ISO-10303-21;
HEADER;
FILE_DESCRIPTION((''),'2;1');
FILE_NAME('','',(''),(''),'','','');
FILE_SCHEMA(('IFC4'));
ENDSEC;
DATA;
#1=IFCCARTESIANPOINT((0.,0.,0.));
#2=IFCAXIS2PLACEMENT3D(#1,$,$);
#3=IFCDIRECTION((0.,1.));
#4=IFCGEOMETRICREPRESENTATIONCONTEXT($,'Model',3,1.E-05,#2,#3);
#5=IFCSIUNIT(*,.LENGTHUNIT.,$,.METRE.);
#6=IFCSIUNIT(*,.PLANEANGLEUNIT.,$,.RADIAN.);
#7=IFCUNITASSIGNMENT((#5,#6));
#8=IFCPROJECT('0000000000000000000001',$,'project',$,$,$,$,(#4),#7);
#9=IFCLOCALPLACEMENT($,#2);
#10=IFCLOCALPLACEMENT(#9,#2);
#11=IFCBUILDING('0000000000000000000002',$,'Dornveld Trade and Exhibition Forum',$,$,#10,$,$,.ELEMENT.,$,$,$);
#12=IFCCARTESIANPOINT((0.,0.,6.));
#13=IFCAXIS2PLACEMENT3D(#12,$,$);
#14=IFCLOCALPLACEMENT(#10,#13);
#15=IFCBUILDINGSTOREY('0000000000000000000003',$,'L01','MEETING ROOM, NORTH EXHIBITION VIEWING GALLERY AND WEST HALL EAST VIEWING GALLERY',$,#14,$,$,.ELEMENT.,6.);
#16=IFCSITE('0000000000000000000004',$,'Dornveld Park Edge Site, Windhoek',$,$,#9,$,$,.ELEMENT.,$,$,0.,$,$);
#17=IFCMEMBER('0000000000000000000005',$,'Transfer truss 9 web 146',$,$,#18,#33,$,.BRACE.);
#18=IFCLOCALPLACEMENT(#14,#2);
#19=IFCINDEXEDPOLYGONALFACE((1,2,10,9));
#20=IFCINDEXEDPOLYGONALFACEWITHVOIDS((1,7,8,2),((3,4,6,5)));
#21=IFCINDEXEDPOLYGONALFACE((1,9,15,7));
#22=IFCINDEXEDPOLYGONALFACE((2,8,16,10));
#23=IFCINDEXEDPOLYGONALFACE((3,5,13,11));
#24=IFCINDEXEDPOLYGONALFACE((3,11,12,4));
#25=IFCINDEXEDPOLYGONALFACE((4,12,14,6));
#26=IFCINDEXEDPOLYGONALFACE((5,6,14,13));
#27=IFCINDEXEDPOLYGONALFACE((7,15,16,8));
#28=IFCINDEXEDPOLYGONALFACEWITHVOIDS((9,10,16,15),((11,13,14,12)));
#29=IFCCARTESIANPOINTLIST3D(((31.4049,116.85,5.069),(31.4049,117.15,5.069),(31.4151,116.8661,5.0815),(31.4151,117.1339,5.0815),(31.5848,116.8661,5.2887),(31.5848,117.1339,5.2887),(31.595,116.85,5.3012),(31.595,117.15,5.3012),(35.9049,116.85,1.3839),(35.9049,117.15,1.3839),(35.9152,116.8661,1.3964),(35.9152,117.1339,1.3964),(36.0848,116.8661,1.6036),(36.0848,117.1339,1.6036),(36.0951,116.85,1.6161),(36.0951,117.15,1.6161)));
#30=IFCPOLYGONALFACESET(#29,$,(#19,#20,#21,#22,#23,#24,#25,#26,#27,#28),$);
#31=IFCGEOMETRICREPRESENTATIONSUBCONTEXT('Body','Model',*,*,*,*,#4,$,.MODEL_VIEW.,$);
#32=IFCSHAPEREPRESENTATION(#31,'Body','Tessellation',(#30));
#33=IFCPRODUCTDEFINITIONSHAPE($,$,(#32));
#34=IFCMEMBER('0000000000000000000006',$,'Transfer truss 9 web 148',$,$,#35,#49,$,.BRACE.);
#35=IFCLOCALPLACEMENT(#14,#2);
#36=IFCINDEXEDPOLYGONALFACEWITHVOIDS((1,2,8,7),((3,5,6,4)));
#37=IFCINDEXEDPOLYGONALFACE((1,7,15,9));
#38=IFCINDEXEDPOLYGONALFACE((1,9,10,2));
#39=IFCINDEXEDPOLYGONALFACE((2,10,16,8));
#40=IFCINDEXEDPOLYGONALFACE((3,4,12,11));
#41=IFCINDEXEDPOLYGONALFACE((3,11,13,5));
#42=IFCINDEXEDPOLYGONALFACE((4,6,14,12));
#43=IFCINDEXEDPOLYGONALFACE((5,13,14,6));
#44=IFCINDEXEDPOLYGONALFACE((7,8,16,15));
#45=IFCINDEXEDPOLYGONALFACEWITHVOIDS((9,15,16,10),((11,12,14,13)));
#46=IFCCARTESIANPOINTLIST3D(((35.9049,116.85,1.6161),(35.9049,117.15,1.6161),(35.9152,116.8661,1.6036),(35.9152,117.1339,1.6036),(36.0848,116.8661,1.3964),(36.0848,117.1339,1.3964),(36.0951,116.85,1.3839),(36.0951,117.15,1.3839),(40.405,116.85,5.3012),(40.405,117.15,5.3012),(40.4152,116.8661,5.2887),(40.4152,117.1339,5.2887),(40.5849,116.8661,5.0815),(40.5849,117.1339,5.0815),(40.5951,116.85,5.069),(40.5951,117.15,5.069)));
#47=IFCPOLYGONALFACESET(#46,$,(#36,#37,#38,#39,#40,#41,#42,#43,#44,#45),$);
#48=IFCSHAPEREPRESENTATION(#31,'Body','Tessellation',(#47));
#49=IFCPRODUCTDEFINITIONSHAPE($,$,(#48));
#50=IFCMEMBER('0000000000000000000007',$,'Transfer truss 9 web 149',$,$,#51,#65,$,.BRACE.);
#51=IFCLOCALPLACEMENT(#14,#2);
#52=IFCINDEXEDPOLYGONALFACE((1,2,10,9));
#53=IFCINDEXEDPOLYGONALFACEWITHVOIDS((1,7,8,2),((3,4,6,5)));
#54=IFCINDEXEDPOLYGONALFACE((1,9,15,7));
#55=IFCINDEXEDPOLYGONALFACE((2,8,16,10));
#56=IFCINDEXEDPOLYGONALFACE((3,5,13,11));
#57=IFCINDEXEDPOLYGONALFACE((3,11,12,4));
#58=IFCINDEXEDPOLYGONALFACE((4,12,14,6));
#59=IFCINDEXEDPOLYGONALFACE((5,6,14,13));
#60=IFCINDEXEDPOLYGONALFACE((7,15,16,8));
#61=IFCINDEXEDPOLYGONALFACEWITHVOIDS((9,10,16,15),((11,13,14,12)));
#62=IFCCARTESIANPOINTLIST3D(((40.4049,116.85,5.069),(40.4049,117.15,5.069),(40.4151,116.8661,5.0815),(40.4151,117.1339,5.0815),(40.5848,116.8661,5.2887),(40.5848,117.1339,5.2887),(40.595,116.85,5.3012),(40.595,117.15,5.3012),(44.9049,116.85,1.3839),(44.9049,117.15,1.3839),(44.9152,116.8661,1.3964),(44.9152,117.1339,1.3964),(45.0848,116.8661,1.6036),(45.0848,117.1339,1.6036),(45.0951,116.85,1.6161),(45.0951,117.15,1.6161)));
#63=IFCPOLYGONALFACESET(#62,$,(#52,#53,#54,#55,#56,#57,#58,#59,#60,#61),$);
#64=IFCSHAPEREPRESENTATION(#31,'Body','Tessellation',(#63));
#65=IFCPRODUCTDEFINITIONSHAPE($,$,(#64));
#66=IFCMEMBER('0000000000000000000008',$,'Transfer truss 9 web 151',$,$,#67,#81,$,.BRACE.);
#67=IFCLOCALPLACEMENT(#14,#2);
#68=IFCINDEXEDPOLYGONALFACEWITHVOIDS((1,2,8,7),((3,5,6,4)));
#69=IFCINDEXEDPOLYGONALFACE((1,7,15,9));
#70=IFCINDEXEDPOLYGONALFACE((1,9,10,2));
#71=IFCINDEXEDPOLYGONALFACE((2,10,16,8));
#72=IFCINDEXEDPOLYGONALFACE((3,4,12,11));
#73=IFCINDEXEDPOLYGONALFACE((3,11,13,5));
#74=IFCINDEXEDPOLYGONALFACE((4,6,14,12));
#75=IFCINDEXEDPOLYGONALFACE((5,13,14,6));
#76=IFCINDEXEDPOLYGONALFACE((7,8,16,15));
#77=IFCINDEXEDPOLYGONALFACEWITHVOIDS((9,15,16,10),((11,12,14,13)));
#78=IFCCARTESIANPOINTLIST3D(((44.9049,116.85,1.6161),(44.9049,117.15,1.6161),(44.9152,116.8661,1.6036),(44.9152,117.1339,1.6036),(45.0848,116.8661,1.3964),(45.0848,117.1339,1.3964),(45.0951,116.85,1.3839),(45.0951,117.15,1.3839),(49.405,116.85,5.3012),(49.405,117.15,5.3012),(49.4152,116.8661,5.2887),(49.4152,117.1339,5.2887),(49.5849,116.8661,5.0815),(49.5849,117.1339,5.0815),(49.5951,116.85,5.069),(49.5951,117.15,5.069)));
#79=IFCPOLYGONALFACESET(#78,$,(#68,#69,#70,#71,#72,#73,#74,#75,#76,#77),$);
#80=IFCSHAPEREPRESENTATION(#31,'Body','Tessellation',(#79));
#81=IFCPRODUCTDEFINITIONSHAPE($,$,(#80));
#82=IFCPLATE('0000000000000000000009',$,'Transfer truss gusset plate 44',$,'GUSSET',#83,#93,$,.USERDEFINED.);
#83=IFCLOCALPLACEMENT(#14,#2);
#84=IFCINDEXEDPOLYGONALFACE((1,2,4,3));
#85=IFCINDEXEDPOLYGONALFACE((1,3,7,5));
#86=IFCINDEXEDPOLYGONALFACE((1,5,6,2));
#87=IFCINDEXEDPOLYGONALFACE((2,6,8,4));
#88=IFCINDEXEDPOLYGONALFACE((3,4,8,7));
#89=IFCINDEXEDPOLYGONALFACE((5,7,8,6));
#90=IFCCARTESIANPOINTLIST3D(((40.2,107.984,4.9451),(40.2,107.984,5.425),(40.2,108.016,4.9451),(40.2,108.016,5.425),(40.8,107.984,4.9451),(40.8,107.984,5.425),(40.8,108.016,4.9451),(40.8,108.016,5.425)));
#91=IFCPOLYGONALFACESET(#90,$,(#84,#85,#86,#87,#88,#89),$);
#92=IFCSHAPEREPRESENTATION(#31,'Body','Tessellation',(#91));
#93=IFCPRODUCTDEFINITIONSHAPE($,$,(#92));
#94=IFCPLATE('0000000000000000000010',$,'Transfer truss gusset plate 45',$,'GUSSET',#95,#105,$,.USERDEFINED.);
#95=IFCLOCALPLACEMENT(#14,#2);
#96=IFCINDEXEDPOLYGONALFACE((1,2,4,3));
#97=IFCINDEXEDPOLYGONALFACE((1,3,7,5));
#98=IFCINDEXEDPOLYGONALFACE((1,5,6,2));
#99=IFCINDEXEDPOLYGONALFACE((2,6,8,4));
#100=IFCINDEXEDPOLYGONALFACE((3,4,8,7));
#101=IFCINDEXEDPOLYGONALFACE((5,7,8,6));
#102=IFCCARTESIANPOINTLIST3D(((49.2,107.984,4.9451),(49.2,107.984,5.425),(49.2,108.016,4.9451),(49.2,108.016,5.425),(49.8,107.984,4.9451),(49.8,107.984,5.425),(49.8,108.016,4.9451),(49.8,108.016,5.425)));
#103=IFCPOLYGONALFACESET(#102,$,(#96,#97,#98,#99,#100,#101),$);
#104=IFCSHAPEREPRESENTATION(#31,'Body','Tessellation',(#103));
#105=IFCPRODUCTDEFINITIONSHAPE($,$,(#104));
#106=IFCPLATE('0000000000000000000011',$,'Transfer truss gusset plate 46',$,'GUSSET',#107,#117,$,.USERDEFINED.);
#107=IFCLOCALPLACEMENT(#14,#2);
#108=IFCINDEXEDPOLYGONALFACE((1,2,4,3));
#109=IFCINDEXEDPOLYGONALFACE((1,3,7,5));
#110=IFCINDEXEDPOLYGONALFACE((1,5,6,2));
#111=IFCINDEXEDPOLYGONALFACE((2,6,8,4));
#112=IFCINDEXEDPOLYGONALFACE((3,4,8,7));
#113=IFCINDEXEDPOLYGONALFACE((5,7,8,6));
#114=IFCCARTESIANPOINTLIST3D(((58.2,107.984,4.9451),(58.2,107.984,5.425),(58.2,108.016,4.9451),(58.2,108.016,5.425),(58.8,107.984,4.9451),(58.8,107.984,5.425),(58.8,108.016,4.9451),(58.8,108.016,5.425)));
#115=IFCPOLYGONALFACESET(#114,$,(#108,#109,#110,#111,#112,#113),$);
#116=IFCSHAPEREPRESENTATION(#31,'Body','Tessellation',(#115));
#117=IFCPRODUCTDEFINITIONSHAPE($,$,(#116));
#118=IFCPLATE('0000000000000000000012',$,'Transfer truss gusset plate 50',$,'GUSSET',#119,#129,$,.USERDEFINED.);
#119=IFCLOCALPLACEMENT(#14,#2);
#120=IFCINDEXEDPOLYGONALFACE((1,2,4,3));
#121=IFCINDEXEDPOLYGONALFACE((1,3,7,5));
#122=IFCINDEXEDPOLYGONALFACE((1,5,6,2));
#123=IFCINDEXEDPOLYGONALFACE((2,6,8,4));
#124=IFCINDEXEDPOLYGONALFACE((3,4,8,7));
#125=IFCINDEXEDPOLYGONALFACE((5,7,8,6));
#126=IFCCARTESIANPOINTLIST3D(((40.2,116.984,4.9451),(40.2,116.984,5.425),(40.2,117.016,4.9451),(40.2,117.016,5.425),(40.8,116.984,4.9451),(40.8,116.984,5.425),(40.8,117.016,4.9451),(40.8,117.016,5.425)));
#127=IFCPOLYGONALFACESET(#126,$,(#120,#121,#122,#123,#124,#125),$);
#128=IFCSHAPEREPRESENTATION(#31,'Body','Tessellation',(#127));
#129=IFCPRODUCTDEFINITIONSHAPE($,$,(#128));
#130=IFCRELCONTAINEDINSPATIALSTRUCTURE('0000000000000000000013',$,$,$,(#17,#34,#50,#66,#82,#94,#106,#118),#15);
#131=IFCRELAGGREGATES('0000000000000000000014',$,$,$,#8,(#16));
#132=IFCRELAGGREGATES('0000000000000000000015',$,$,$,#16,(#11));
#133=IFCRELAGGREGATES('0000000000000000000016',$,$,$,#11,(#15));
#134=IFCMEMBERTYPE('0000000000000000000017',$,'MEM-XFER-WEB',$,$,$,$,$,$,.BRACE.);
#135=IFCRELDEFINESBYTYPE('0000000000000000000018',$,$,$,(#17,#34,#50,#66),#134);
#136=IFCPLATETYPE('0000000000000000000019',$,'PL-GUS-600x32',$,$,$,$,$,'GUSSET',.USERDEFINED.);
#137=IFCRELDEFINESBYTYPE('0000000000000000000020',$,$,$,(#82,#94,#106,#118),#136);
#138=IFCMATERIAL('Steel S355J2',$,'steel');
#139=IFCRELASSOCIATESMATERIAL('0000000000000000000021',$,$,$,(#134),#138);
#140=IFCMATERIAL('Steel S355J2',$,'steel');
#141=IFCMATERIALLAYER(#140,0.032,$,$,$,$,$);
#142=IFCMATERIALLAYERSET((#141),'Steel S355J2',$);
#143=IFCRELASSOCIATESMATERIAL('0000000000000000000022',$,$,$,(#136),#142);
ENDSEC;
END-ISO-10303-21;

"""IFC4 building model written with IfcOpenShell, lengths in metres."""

from ifc_helpers import new_model, si_unit, direction, frame, origin, origin_2d, place, context, subcontext, project, spatial, rectangle, hollow_rectangle, extrude, material, layer, layer_set, material_profile, profile_set, type_object, element, save


model = new_model("IFC4")

# Units and contexts
model_context = context("Model", 3, precision=1e-05, world=origin(), true_north=direction((0.0, 1.0)))
body_context = subcontext(model_context, "Body", "Model", "MODEL_VIEW")
ifc_project = project(units=[si_unit("LENGTHUNIT", "METRE"), si_unit("PLANEANGLEUNIT", "RADIAN")], contexts=[model_context])

# Site, building, storey
site_placement = place(None, origin())
site = spatial("IfcSite", under=ifc_project, at=site_placement, Name="Dornveld Park Edge Site, Windhoek", CompositionType="ELEMENT", RefElevation=0.0)
building_placement = place(site_placement, origin())
building = spatial("IfcBuilding", under=site, at=building_placement, Name="Dornveld Trade and Exhibition Forum", CompositionType="ELEMENT")
storey_placement = place(building_placement, frame((0.0, 0.0, 6.0)))
storey = spatial("IfcBuildingStorey", under=building, at=storey_placement, Name="L01", Description="MEETING ROOM, NORTH EXHIBITION VIEWING GALLERY AND WEST HALL EAST VIEWING GALLERY", CompositionType="ELEMENT", Elevation=6.0)

# Members
ifc_material_1 = material(Name="Steel S355J2", Category="steel")
ifc_material_profile_1 = material_profile(ifc_material_1, hollow_rectangle(XDim=0.3, YDim=0.3, WallThickness=0.0161, at=origin_2d()), Name="SHS 300x300x16")
ifc_profile_set_1 = profile_set([ifc_material_profile_1], Name="Steel S355J2")
member_type_1 = type_object("IfcMemberType", Name="MEM-XFER-WEB", PredefinedType="BRACE", material=ifc_profile_set_1)
for number, where, z_axis, x_axis, name in (
    (1, (36.0, 117.0, 1.5), (-0.773684, 0.0, 0.633571), (0.0, -1.0, 0.0), "Transfer truss 9 web 146"),
    (2, (36.0, 117.0, 1.5), (0.773684, 0.0, 0.633571), (0.0, 1.0, 0.0), "Transfer truss 9 web 148"),
    (3, (45.0, 117.0, 1.5), (-0.773684, 0.0, 0.633571), (0.0, -1.0, 0.0), "Transfer truss 9 web 149"),
    (4, (45.0, 117.0, 1.5), (0.773684, 0.0, 0.633571), (0.0, 1.0, 0.0), "Transfer truss 9 web 151"),
):
    element("IfcMember", number, at=place(storey_placement, frame(where, z_axis=z_axis, x_axis=x_axis)), inside=storey, type_object=member_type_1, Name=name, PredefinedType="BRACE", context=body_context, shape_type="SweptSolid", body=[
        extrude(hollow_rectangle(XDim=0.3, YDim=0.3, WallThickness=0.0161, at=origin_2d()), origin(), (0.0, 0.0, 1.0), 5.8164),
    ])

# Plates
ifc_material_2 = material(Name="Steel S355J2", Category="steel")
ifc_layer = layer(ifc_material_2, 0.032)
ifc_layer_set = layer_set([ifc_layer], Name="Steel S355J2")
plate_type = type_object("IfcPlateType", Name="PL-GUS-600x32", ElementType="GUSSET", PredefinedType="USERDEFINED", material=ifc_layer_set)
for number, where, z_axis, x_axis, name in (
    (5, (40.5, 108.0, 4.9451), (0.0, 0.0, 1.0), (1.0, 0.0, 0.0), "Transfer truss gusset plate 44"),
    (6, (49.5, 108.0, 4.9451), (0.0, 0.0, 1.0), (1.0, 0.0, 0.0), "Transfer truss gusset plate 45"),
    (7, (58.5, 108.0, 4.9451), (0.0, 0.0, 1.0), (1.0, 0.0, 0.0), "Transfer truss gusset plate 46"),
    (8, (40.5, 117.0, 4.9451), (0.0, 0.0, 1.0), (1.0, 0.0, 0.0), "Transfer truss gusset plate 50"),
):
    element("IfcPlate", number, at=place(storey_placement, frame(where, z_axis=z_axis, x_axis=x_axis)), inside=storey, type_object=plate_type, Name=name, ObjectType="GUSSET", PredefinedType="USERDEFINED", context=body_context, shape_type="SweptSolid", body=[
        extrude(rectangle(XDim=0.6001, YDim=0.032, at=origin_2d()), origin(), (0.0, 0.0, 1.0), 0.48),
    ])

save(model, "model.ifc")
